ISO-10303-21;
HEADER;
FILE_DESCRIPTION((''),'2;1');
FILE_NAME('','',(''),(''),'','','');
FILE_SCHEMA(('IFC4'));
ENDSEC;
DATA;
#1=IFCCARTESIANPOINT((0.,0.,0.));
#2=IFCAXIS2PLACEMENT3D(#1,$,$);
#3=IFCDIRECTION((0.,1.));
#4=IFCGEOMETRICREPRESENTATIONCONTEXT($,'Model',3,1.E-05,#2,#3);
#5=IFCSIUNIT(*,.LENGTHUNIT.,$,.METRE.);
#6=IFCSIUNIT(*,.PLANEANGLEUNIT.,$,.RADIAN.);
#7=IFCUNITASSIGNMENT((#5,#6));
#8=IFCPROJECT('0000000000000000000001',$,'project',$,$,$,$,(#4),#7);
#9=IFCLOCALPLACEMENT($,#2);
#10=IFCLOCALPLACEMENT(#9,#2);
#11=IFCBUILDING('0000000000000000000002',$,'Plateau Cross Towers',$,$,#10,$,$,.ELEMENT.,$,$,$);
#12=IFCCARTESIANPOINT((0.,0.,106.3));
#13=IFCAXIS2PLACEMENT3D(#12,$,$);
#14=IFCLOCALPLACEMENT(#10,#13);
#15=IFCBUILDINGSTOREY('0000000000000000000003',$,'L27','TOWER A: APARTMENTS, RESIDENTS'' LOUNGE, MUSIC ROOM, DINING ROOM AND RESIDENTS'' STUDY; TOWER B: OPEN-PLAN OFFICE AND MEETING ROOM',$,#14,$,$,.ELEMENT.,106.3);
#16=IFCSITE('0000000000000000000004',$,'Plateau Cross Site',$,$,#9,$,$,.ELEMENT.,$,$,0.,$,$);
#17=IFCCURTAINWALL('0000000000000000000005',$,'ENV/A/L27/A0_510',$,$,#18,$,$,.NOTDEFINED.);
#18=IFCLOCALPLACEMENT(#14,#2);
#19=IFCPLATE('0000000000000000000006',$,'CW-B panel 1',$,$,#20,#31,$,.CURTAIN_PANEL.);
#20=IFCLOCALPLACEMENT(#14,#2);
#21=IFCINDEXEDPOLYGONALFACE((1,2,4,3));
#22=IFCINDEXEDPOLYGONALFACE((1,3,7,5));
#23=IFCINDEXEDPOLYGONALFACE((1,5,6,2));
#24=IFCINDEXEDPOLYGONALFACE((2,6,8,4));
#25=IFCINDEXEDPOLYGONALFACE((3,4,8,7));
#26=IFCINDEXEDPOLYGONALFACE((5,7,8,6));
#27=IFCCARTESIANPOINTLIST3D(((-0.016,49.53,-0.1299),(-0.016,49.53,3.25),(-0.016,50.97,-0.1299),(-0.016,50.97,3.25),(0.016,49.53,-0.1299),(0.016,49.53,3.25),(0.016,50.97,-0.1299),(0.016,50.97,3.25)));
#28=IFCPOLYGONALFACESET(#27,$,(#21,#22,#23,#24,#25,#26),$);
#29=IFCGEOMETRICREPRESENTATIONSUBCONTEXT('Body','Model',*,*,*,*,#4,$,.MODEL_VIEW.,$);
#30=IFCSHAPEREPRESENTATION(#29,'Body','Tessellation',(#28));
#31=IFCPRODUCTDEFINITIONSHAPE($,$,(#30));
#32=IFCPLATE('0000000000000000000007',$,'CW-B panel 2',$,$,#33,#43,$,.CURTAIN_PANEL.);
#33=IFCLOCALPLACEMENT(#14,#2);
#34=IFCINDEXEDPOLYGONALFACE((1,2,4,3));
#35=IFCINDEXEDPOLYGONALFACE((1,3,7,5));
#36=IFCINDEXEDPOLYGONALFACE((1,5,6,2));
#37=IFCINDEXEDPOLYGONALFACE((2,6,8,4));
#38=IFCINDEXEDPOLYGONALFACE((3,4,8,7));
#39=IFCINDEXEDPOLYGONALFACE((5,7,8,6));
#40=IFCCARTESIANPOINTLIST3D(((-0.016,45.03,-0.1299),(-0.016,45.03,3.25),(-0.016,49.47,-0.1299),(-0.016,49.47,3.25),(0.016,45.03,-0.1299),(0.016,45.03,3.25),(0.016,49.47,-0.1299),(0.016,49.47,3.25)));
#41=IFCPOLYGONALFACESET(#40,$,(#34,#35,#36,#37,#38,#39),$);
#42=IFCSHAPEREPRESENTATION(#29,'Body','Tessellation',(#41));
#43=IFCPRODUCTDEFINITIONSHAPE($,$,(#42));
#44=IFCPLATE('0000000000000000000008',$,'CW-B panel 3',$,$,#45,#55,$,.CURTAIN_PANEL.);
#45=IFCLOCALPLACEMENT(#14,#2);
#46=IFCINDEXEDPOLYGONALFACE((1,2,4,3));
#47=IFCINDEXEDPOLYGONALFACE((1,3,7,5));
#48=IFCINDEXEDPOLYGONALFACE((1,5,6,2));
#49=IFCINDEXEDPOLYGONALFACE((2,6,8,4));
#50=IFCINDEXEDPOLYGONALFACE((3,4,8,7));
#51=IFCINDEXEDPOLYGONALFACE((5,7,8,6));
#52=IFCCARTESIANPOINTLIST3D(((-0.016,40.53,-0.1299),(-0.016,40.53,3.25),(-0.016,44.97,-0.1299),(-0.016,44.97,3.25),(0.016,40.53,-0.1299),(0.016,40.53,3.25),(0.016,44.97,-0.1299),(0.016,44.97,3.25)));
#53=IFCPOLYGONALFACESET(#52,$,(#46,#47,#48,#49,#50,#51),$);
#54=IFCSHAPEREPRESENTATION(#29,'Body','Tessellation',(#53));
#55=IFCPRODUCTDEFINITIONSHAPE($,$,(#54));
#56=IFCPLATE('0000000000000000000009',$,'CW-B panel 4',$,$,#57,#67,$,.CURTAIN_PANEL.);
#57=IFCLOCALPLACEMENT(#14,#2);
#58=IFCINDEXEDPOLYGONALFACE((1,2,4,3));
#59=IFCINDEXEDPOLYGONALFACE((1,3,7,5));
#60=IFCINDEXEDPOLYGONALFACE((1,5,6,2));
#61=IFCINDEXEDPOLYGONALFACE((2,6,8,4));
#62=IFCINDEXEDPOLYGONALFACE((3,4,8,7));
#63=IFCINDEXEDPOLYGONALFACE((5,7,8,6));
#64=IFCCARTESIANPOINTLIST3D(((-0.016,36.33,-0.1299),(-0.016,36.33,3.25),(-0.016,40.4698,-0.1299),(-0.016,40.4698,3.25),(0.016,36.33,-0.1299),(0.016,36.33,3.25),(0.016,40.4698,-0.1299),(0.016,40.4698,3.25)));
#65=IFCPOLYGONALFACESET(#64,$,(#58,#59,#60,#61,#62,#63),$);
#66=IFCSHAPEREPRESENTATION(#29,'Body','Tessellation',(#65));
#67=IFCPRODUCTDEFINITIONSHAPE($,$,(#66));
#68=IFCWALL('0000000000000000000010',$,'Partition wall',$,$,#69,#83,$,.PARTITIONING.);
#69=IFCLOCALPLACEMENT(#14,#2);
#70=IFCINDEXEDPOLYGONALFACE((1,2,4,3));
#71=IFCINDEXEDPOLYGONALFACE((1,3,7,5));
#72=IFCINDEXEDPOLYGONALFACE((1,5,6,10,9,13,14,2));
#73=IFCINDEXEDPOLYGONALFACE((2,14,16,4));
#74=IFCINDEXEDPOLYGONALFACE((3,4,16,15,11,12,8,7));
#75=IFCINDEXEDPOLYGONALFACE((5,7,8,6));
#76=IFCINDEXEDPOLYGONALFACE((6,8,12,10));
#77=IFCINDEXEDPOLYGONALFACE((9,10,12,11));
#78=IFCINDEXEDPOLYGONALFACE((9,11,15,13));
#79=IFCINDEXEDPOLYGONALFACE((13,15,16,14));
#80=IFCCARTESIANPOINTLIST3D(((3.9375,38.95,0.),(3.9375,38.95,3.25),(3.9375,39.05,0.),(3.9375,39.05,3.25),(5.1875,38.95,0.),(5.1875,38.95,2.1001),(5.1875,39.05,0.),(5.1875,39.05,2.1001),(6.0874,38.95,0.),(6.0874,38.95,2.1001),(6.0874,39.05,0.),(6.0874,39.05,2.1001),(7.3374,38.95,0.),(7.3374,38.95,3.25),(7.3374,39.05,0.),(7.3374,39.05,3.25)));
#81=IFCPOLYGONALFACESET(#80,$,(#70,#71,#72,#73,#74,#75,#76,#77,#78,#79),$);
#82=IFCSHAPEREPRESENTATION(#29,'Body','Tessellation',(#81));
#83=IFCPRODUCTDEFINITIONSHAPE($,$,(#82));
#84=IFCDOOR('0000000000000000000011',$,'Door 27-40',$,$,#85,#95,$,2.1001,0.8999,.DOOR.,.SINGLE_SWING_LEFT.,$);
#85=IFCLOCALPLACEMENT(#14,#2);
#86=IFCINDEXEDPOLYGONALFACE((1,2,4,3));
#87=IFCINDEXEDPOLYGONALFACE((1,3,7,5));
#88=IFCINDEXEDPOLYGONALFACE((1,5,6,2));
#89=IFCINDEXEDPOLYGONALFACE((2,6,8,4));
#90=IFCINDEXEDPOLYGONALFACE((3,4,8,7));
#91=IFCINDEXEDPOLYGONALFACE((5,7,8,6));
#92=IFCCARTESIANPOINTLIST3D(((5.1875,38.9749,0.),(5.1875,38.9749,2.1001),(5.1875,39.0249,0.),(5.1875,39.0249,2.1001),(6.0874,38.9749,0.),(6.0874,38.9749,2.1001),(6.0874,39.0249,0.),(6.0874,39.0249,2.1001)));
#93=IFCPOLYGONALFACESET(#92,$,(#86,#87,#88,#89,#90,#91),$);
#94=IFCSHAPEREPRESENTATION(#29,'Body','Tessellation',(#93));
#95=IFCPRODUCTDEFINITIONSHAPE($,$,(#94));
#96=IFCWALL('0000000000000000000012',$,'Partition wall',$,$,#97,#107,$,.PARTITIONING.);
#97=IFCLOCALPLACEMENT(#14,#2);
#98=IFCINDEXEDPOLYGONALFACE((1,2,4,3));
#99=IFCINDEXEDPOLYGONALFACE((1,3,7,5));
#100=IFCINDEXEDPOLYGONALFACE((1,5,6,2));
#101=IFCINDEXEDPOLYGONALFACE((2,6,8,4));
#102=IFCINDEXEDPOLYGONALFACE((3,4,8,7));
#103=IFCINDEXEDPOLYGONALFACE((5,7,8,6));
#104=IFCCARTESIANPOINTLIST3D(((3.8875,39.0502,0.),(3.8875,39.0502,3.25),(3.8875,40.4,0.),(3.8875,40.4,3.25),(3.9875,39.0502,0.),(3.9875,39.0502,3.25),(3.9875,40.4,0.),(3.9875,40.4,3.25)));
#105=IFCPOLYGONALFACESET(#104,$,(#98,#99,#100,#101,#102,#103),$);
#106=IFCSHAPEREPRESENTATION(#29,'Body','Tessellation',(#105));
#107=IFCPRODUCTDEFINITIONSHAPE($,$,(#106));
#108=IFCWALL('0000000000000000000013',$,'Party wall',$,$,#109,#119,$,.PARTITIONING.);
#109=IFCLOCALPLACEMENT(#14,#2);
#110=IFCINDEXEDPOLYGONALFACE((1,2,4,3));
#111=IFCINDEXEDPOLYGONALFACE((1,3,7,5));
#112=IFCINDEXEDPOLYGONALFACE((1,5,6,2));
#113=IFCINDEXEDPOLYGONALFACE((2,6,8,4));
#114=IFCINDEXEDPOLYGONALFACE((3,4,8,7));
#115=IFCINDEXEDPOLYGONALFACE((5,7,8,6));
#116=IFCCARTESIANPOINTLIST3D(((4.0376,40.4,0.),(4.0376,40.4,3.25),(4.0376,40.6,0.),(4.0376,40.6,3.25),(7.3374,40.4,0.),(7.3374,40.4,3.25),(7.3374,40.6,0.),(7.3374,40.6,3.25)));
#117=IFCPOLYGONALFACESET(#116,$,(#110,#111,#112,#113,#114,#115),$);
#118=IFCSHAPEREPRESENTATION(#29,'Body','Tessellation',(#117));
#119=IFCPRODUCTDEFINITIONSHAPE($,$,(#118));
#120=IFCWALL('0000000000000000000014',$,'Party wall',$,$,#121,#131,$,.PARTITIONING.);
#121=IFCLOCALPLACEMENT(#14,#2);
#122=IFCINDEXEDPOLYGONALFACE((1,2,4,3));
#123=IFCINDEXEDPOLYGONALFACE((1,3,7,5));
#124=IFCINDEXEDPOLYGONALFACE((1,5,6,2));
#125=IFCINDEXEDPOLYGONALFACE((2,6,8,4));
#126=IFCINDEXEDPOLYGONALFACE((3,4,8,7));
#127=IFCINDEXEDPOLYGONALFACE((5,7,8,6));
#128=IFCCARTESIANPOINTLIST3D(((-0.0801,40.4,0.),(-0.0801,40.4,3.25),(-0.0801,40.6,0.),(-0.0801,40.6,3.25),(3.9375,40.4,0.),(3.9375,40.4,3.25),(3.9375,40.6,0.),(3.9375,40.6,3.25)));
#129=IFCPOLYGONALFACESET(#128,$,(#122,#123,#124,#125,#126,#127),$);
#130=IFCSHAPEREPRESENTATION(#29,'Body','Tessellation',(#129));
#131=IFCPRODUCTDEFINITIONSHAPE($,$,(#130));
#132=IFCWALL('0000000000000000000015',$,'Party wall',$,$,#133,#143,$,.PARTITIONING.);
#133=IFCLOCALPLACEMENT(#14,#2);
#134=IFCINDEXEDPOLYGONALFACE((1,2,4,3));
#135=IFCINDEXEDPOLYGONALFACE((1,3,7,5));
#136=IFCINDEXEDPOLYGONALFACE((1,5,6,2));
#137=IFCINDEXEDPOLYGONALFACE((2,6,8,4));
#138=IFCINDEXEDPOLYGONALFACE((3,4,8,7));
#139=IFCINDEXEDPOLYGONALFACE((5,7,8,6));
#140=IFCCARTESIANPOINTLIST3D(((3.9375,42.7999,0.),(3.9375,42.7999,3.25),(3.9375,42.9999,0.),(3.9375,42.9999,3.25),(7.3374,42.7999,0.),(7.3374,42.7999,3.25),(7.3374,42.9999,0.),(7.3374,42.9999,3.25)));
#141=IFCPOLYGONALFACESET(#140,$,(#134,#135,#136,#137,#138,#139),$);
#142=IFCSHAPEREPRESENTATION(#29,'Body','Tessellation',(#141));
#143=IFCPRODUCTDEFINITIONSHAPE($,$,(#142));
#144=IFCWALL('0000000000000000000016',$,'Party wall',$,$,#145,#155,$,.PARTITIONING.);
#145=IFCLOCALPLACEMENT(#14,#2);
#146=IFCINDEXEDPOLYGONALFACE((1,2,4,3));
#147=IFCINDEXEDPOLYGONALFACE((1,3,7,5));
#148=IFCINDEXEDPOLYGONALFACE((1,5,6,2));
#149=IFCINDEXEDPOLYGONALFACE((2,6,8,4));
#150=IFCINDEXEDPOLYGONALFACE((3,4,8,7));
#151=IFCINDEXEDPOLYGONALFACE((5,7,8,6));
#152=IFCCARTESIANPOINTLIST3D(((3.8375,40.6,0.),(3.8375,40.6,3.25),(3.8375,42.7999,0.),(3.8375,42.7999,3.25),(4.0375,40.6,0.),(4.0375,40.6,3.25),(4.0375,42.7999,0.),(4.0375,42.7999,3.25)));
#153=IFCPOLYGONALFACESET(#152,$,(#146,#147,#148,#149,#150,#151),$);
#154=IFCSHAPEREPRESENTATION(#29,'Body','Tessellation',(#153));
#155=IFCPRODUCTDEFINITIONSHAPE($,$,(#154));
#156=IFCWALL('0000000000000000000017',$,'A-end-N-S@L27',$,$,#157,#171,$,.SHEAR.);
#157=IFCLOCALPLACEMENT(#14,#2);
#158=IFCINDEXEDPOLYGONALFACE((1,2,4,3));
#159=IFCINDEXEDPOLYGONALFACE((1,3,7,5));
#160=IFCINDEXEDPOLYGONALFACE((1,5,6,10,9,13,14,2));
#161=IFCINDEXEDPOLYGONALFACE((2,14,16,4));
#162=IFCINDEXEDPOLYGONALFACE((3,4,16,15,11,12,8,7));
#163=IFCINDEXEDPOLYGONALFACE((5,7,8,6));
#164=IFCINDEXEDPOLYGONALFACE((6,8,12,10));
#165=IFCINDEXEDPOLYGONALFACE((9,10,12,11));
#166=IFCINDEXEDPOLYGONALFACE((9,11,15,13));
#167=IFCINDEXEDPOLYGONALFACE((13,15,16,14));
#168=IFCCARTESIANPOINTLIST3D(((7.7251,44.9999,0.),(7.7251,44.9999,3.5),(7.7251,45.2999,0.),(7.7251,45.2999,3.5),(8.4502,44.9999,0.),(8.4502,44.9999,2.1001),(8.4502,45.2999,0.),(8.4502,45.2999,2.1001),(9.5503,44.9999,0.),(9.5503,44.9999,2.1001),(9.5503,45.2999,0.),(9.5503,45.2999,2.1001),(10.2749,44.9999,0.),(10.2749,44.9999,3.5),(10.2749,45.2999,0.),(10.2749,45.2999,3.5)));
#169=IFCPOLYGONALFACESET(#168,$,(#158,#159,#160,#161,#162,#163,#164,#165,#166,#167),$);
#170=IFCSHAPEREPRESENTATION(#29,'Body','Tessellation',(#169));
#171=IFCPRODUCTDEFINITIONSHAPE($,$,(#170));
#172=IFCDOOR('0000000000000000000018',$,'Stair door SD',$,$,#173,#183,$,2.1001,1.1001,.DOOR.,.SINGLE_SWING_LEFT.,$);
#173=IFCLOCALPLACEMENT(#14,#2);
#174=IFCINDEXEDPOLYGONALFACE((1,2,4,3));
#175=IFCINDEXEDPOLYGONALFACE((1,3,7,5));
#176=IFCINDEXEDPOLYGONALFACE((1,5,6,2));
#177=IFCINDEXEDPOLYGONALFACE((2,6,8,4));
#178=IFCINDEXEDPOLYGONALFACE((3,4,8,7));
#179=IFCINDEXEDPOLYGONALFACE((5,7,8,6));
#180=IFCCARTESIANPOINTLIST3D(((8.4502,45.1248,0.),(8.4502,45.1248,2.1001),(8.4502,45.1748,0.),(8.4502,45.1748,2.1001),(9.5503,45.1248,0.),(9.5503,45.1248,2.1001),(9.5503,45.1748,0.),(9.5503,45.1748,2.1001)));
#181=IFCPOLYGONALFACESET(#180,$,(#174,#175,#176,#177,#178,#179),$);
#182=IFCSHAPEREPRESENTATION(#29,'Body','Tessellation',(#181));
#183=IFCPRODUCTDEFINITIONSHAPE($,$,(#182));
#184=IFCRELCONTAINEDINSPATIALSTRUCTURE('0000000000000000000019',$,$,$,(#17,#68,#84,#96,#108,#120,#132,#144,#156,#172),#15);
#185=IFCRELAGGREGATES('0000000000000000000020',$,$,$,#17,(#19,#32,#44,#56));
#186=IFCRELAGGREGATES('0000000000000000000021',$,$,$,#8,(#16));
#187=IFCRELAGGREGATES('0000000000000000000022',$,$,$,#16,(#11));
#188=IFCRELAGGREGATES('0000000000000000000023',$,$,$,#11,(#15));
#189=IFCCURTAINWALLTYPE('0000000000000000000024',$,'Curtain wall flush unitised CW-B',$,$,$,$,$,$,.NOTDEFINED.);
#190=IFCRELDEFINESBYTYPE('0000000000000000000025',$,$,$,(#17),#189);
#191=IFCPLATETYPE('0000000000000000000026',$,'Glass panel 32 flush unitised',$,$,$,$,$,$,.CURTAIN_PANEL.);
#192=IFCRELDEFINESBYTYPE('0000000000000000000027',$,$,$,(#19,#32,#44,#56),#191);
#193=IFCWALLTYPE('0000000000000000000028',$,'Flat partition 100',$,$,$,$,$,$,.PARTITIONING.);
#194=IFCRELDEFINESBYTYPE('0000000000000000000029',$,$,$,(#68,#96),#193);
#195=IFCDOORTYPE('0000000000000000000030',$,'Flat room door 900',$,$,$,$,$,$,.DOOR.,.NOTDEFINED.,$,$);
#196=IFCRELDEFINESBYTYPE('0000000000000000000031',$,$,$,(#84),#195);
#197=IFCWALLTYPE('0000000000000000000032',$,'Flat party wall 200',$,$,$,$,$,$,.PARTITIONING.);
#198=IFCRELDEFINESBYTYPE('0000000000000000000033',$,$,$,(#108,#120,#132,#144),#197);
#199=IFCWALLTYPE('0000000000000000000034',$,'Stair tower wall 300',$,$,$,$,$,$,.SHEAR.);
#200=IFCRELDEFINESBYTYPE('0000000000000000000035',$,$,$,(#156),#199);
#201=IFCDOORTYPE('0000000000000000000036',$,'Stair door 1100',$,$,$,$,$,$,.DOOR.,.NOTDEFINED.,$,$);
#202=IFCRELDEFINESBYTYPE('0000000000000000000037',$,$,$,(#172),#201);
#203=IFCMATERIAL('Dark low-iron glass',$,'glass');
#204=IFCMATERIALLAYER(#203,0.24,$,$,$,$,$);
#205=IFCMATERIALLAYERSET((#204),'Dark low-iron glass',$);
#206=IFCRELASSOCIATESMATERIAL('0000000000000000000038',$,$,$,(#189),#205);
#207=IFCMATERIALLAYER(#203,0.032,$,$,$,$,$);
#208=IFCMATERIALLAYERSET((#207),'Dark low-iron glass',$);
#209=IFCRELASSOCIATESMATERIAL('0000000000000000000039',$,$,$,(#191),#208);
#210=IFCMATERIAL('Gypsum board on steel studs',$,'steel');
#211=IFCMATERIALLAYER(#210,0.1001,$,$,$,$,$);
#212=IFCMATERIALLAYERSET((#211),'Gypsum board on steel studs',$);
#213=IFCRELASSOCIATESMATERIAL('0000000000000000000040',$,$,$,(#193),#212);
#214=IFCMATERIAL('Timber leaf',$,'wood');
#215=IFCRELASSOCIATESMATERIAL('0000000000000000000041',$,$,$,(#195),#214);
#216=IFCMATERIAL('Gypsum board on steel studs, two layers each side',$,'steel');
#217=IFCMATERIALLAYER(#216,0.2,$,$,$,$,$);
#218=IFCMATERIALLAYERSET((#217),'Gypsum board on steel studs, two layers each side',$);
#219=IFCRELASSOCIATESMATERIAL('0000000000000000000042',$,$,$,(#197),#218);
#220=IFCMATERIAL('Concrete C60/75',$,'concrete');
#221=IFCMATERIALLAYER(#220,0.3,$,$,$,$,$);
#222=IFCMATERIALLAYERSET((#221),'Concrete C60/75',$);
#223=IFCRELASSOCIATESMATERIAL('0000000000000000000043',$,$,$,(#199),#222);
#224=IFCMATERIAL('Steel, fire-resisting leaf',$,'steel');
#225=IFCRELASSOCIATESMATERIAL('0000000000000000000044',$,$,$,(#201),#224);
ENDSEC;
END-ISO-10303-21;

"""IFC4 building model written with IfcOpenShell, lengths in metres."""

from ifc_helpers import new_model, si_unit, direction, frame, frame_2d, origin, origin_2d, place, context, subcontext, project, spatial, rectangle, extrude, material, layer, layer_set, type_object, element, fill, aggregate, save


model = new_model("IFC4")

# Units and contexts
model_context = context("Model", 3, precision=1e-05, world=origin(), true_north=direction((0.0, 1.0)))
body_context = subcontext(model_context, "Body", "Model", "MODEL_VIEW")
ifc_project = project(units=[si_unit("LENGTHUNIT", "METRE"), si_unit("PLANEANGLEUNIT", "RADIAN")], contexts=[model_context])

# Site, building, storey
site_placement = place(None, origin())
site = spatial("IfcSite", under=ifc_project, at=site_placement, Name="Plateau Cross Site", CompositionType="ELEMENT", RefElevation=0.0)
building_placement = place(site_placement, origin())
building = spatial("IfcBuilding", under=site, at=building_placement, Name="Plateau Cross Towers", CompositionType="ELEMENT")
storey_placement = place(building_placement, frame((0.0, 0.0, 106.3)))
storey = spatial("IfcBuildingStorey", under=building, at=storey_placement, Name="L27", Description="TOWER A: APARTMENTS, RESIDENTS' LOUNGE, MUSIC ROOM, DINING ROOM AND RESIDENTS' STUDY; TOWER B: OPEN-PLAN OFFICE AND MEETING ROOM", CompositionType="ELEMENT", Elevation=106.3)

# Shared definitions
ifc_material_1 = material(Name="Concrete C60/75", Category="concrete")

# Shared definitions
ifc_material_2 = material(Name="Dark low-iron glass", Category="glass")
ifc_layer_1 = layer(ifc_material_2, 0.24)
ifc_layer_set_1 = layer_set([ifc_layer_1], Name="Dark low-iron glass")
curtain_wall_type = type_object("IfcCurtainWallType", Name="Curtain wall flush unitised CW-B", PredefinedType="NOTDEFINED", material=ifc_layer_set_1)

# Curtain wall
curtain_wall_1_placement = place(storey_placement, origin())
curtain_wall_1 = element("IfcCurtainWall", 1, at=curtain_wall_1_placement, inside=storey, type_object=curtain_wall_type, Name="ENV/A/L27/A0_510", PredefinedType="NOTDEFINED")

# Shared definitions
ifc_layer_2 = layer(ifc_material_2, 0.032)
ifc_layer_set_2 = layer_set([ifc_layer_2], Name="Dark low-iron glass")
plate_type = type_object("IfcPlateType", Name="Glass panel 32 flush unitised", PredefinedType="CURTAIN_PANEL", material=ifc_layer_set_2)

# Plates
plate_1_placement = place(storey_placement, frame((0.0, 50.25, -0.1299), z_axis=(0.0, 0.0, 1.0), x_axis=(0.0, -1.0, 0.0)))
plate_1 = element("IfcPlate", 2, at=plate_1_placement, type_object=plate_type, Name="CW-B panel 1", PredefinedType="CURTAIN_PANEL", context=body_context, shape_type="SweptSolid", body=[
    extrude(rectangle(XDim=1.4399, YDim=0.032, at=origin_2d()), origin(), (0.0, 0.0, 1.0), 3.3799),
])
plate_2_placement = place(storey_placement, frame((0.0, 47.25, -0.1299), z_axis=(0.0, 0.0, 1.0), x_axis=(0.0, -1.0, 0.0)))
plate_2 = element("IfcPlate", 3, at=plate_2_placement, type_object=plate_type, Name="CW-B panel 2", PredefinedType="CURTAIN_PANEL", context=body_context, shape_type="SweptSolid", body=[
    extrude(rectangle(XDim=4.4399, YDim=0.032, at=origin_2d()), origin(), (0.0, 0.0, 1.0), 3.3799),
])
plate_3_placement = place(storey_placement, frame((0.0, 42.75, -0.1299), z_axis=(0.0, 0.0, 1.0), x_axis=(0.0, -1.0, 0.0)))
plate_3 = element("IfcPlate", 4, at=plate_3_placement, type_object=plate_type, Name="CW-B panel 3", PredefinedType="CURTAIN_PANEL", context=body_context, shape_type="SweptSolid", body=[
    extrude(rectangle(XDim=4.4399, YDim=0.032, at=origin_2d()), origin(), (0.0, 0.0, 1.0), 3.3799),
])
plate_4_placement = place(storey_placement, frame((0.0, 38.3999, -0.1299), z_axis=(0.0, 0.0, 1.0), x_axis=(0.0, -1.0, 0.0)))
plate_4 = element("IfcPlate", 5, at=plate_4_placement, type_object=plate_type, Name="CW-B panel 4", PredefinedType="CURTAIN_PANEL", context=body_context, shape_type="SweptSolid", body=[
    extrude(rectangle(XDim=4.1399, YDim=0.032, at=origin_2d()), origin(), (0.0, 0.0, 1.0), 3.3799),
])
aggregate(curtain_wall_1, [plate_1, plate_2, plate_3, plate_4])

# Wall, opening, door
ifc_material_3 = material(Name="Gypsum board on steel studs", Category="steel")
ifc_layer_3 = layer(ifc_material_3, 0.1001)
ifc_layer_set_3 = layer_set([ifc_layer_3], Name="Gypsum board on steel studs")
wall_type_1 = type_object("IfcWallType", Name="Flat partition 100", PredefinedType="PARTITIONING", material=ifc_layer_set_3)
wall_1_placement = place(storey_placement, frame((3.9375, 39.0, 0.0), z_axis=(0.0, 0.0, 1.0), x_axis=(1.0, 0.0, 0.0)))
wall_1 = element("IfcWall", 6, at=wall_1_placement, inside=storey, type_object=wall_type_1, Name="Partition wall", PredefinedType="PARTITIONING", context=body_context, shape_type="SweptSolid", body=[
    extrude(rectangle(XDim=3.3999, YDim=0.1001, at=frame_2d((1.7, 0.0))), origin(), (0.0, 0.0, 1.0), 3.25),
])
opening_1_placement = place(wall_1_placement, frame((1.25, 0.0, 0.0)))
opening_1 = element("IfcOpeningElement", 7, at=opening_1_placement, cuts=wall_1, PredefinedType="OPENING", context=body_context, shape_type="SweptSolid", body=[
    extrude(rectangle(XDim=0.8999, YDim=2.1001, at=frame_2d((0.45, 1.05))), frame((0.0, 0.0601, 0.0), z_axis=(0.0, -1.0, 0.0), x_axis=(1.0, 0.0, 0.0)), (0.0, 0.0, 1.0), 0.1201),
])
ifc_material_4 = material(Name="Timber leaf", Category="wood")
door_type_1 = type_object("IfcDoorType", Name="Flat room door 900", OperationType="NOTDEFINED", PredefinedType="DOOR", material=ifc_material_4)
door_1_placement = place(opening_1_placement, origin())
door_1 = element("IfcDoor", 8, at=door_1_placement, inside=storey, type_object=door_type_1, Name="Door 27-40", OperationType="SINGLE_SWING_LEFT", OverallHeight=2.1001, OverallWidth=0.8999, PredefinedType="DOOR", context=body_context, shape_type="SweptSolid", body=[
    extrude(rectangle(XDim=0.8999, YDim=2.1001, at=frame_2d((0.45, 1.05))), frame((0.0, 0.0249, 0.0), z_axis=(0.0, -1.0, 0.0), x_axis=(1.0, 0.0, 0.0)), (0.0, 0.0, 1.0), 0.05),
])
fill(opening_1, door_1)

# Walls
wall_2_placement = place(storey_placement, frame((3.9375, 40.3999, 0.0), z_axis=(0.0, 0.0, 1.0), x_axis=(0.0, -1.0, 0.0)))
element("IfcWall", 9, at=wall_2_placement, inside=storey, type_object=wall_type_1, Name="Partition wall", PredefinedType="PARTITIONING", context=body_context, shape_type="SweptSolid", body=[
    extrude(rectangle(XDim=1.3499, YDim=0.1001, at=frame_2d((0.6748, 0.0))), origin(), (0.0, 0.0, 1.0), 3.25),
])
ifc_material_5 = material(Name="Gypsum board on steel studs, two layers each side", Category="steel")
ifc_layer_4 = layer(ifc_material_5, 0.2)
ifc_layer_set_4 = layer_set([ifc_layer_4], Name="Gypsum board on steel studs, two layers each side")
wall_type_2 = type_object("IfcWallType", Name="Flat party wall 200", PredefinedType="PARTITIONING", material=ifc_layer_set_4)
wall_3_placement = place(storey_placement, frame((7.3374, 40.5, 0.0), z_axis=(0.0, 0.0, 1.0), x_axis=(-1.0, 0.0, 0.0)))
element("IfcWall", 10, at=wall_3_placement, inside=storey, type_object=wall_type_2, Name="Party wall", PredefinedType="PARTITIONING", context=body_context, shape_type="SweptSolid", body=[
    extrude(rectangle(XDim=3.2998, YDim=0.2, at=frame_2d((1.6499, 0.0))), origin(), (0.0, 0.0, 1.0), 3.25),
])
wall_4_placement = place(storey_placement, frame((-0.0801, 40.5, 0.0), z_axis=(0.0, 0.0, 1.0), x_axis=(1.0, 0.0, 0.0)))
element("IfcWall", 11, at=wall_4_placement, inside=storey, type_object=wall_type_2, Name="Party wall", PredefinedType="PARTITIONING", context=body_context, shape_type="SweptSolid", body=[
    extrude(rectangle(XDim=4.0176, YDim=0.2, at=frame_2d((2.0088, 0.0))), origin(), (0.0, 0.0, 1.0), 3.25),
])
wall_5_placement = place(storey_placement, frame((7.3374, 42.8999, 0.0), z_axis=(0.0, 0.0, 1.0), x_axis=(-1.0, 0.0, 0.0)))
element("IfcWall", 12, at=wall_5_placement, inside=storey, type_object=wall_type_2, Name="Party wall", PredefinedType="PARTITIONING", context=body_context, shape_type="SweptSolid", body=[
    extrude(rectangle(XDim=3.3999, YDim=0.2, at=frame_2d((1.7, 0.0))), origin(), (0.0, 0.0, 1.0), 3.25),
])
wall_6_placement = place(storey_placement, frame((3.9375, 42.8, 0.0), z_axis=(0.0, 0.0, 1.0), x_axis=(0.0, -1.0, 0.0)))
element("IfcWall", 13, at=wall_6_placement, inside=storey, type_object=wall_type_2, Name="Party wall", PredefinedType="PARTITIONING", context=body_context, shape_type="SweptSolid", body=[
    extrude(rectangle(XDim=2.2, YDim=0.2, at=frame_2d((1.1001, 0.0))), origin(), (0.0, 0.0, 1.0), 3.25),
])

# Wall, opening, door
ifc_layer_5 = layer(ifc_material_1, 0.3)
ifc_layer_set_5 = layer_set([ifc_layer_5], Name="Concrete C60/75")
wall_type_3 = type_object("IfcWallType", Name="Stair tower wall 300", PredefinedType="SHEAR", material=ifc_layer_set_5)
wall_7_placement = place(storey_placement, frame((7.7251, 45.1499, 0.0), z_axis=(0.0, 0.0, 1.0), x_axis=(1.0, 0.0, 0.0)))
wall_7 = element("IfcWall", 14, at=wall_7_placement, inside=storey, type_object=wall_type_3, Name="A-end-N-S@L27", PredefinedType="SHEAR", context=body_context, shape_type="SweptSolid", body=[
    extrude(rectangle(XDim=2.5498, YDim=0.3, at=frame_2d((1.2749, 0.0))), origin(), (0.0, 0.0, 1.0), 3.5),
])
opening_2_placement = place(wall_7_placement, frame((0.7251, 0.0, 0.0)))
opening_2 = element("IfcOpeningElement", 15, at=opening_2_placement, cuts=wall_7, PredefinedType="OPENING", context=body_context, shape_type="SweptSolid", body=[
    extrude(rectangle(XDim=1.1001, YDim=2.1001, at=frame_2d((0.55, 1.05))), frame((0.0, 0.1599, 0.0), z_axis=(0.0, -1.0, 0.0), x_axis=(1.0, 0.0, 0.0)), (0.0, 0.0, 1.0), 0.3201),
])
ifc_material_6 = material(Name="Steel, fire-resisting leaf", Category="steel")
door_type_2 = type_object("IfcDoorType", Name="Stair door 1100", OperationType="NOTDEFINED", PredefinedType="DOOR", material=ifc_material_6)
door_2_placement = place(opening_2_placement, origin())
door_2 = element("IfcDoor", 16, at=door_2_placement, inside=storey, type_object=door_type_2, Name="Stair door SD", OperationType="SINGLE_SWING_LEFT", OverallHeight=2.1001, OverallWidth=1.1001, PredefinedType="DOOR", context=body_context, shape_type="SweptSolid", body=[
    extrude(rectangle(XDim=1.1001, YDim=2.1001, at=frame_2d((0.55, 1.05))), frame((0.0, 0.0249, 0.0), z_axis=(0.0, -1.0, 0.0), x_axis=(1.0, 0.0, 0.0)), (0.0, 0.0, 1.0), 0.05),
])
fill(opening_2, door_2)

save(model, "model.ifc")
